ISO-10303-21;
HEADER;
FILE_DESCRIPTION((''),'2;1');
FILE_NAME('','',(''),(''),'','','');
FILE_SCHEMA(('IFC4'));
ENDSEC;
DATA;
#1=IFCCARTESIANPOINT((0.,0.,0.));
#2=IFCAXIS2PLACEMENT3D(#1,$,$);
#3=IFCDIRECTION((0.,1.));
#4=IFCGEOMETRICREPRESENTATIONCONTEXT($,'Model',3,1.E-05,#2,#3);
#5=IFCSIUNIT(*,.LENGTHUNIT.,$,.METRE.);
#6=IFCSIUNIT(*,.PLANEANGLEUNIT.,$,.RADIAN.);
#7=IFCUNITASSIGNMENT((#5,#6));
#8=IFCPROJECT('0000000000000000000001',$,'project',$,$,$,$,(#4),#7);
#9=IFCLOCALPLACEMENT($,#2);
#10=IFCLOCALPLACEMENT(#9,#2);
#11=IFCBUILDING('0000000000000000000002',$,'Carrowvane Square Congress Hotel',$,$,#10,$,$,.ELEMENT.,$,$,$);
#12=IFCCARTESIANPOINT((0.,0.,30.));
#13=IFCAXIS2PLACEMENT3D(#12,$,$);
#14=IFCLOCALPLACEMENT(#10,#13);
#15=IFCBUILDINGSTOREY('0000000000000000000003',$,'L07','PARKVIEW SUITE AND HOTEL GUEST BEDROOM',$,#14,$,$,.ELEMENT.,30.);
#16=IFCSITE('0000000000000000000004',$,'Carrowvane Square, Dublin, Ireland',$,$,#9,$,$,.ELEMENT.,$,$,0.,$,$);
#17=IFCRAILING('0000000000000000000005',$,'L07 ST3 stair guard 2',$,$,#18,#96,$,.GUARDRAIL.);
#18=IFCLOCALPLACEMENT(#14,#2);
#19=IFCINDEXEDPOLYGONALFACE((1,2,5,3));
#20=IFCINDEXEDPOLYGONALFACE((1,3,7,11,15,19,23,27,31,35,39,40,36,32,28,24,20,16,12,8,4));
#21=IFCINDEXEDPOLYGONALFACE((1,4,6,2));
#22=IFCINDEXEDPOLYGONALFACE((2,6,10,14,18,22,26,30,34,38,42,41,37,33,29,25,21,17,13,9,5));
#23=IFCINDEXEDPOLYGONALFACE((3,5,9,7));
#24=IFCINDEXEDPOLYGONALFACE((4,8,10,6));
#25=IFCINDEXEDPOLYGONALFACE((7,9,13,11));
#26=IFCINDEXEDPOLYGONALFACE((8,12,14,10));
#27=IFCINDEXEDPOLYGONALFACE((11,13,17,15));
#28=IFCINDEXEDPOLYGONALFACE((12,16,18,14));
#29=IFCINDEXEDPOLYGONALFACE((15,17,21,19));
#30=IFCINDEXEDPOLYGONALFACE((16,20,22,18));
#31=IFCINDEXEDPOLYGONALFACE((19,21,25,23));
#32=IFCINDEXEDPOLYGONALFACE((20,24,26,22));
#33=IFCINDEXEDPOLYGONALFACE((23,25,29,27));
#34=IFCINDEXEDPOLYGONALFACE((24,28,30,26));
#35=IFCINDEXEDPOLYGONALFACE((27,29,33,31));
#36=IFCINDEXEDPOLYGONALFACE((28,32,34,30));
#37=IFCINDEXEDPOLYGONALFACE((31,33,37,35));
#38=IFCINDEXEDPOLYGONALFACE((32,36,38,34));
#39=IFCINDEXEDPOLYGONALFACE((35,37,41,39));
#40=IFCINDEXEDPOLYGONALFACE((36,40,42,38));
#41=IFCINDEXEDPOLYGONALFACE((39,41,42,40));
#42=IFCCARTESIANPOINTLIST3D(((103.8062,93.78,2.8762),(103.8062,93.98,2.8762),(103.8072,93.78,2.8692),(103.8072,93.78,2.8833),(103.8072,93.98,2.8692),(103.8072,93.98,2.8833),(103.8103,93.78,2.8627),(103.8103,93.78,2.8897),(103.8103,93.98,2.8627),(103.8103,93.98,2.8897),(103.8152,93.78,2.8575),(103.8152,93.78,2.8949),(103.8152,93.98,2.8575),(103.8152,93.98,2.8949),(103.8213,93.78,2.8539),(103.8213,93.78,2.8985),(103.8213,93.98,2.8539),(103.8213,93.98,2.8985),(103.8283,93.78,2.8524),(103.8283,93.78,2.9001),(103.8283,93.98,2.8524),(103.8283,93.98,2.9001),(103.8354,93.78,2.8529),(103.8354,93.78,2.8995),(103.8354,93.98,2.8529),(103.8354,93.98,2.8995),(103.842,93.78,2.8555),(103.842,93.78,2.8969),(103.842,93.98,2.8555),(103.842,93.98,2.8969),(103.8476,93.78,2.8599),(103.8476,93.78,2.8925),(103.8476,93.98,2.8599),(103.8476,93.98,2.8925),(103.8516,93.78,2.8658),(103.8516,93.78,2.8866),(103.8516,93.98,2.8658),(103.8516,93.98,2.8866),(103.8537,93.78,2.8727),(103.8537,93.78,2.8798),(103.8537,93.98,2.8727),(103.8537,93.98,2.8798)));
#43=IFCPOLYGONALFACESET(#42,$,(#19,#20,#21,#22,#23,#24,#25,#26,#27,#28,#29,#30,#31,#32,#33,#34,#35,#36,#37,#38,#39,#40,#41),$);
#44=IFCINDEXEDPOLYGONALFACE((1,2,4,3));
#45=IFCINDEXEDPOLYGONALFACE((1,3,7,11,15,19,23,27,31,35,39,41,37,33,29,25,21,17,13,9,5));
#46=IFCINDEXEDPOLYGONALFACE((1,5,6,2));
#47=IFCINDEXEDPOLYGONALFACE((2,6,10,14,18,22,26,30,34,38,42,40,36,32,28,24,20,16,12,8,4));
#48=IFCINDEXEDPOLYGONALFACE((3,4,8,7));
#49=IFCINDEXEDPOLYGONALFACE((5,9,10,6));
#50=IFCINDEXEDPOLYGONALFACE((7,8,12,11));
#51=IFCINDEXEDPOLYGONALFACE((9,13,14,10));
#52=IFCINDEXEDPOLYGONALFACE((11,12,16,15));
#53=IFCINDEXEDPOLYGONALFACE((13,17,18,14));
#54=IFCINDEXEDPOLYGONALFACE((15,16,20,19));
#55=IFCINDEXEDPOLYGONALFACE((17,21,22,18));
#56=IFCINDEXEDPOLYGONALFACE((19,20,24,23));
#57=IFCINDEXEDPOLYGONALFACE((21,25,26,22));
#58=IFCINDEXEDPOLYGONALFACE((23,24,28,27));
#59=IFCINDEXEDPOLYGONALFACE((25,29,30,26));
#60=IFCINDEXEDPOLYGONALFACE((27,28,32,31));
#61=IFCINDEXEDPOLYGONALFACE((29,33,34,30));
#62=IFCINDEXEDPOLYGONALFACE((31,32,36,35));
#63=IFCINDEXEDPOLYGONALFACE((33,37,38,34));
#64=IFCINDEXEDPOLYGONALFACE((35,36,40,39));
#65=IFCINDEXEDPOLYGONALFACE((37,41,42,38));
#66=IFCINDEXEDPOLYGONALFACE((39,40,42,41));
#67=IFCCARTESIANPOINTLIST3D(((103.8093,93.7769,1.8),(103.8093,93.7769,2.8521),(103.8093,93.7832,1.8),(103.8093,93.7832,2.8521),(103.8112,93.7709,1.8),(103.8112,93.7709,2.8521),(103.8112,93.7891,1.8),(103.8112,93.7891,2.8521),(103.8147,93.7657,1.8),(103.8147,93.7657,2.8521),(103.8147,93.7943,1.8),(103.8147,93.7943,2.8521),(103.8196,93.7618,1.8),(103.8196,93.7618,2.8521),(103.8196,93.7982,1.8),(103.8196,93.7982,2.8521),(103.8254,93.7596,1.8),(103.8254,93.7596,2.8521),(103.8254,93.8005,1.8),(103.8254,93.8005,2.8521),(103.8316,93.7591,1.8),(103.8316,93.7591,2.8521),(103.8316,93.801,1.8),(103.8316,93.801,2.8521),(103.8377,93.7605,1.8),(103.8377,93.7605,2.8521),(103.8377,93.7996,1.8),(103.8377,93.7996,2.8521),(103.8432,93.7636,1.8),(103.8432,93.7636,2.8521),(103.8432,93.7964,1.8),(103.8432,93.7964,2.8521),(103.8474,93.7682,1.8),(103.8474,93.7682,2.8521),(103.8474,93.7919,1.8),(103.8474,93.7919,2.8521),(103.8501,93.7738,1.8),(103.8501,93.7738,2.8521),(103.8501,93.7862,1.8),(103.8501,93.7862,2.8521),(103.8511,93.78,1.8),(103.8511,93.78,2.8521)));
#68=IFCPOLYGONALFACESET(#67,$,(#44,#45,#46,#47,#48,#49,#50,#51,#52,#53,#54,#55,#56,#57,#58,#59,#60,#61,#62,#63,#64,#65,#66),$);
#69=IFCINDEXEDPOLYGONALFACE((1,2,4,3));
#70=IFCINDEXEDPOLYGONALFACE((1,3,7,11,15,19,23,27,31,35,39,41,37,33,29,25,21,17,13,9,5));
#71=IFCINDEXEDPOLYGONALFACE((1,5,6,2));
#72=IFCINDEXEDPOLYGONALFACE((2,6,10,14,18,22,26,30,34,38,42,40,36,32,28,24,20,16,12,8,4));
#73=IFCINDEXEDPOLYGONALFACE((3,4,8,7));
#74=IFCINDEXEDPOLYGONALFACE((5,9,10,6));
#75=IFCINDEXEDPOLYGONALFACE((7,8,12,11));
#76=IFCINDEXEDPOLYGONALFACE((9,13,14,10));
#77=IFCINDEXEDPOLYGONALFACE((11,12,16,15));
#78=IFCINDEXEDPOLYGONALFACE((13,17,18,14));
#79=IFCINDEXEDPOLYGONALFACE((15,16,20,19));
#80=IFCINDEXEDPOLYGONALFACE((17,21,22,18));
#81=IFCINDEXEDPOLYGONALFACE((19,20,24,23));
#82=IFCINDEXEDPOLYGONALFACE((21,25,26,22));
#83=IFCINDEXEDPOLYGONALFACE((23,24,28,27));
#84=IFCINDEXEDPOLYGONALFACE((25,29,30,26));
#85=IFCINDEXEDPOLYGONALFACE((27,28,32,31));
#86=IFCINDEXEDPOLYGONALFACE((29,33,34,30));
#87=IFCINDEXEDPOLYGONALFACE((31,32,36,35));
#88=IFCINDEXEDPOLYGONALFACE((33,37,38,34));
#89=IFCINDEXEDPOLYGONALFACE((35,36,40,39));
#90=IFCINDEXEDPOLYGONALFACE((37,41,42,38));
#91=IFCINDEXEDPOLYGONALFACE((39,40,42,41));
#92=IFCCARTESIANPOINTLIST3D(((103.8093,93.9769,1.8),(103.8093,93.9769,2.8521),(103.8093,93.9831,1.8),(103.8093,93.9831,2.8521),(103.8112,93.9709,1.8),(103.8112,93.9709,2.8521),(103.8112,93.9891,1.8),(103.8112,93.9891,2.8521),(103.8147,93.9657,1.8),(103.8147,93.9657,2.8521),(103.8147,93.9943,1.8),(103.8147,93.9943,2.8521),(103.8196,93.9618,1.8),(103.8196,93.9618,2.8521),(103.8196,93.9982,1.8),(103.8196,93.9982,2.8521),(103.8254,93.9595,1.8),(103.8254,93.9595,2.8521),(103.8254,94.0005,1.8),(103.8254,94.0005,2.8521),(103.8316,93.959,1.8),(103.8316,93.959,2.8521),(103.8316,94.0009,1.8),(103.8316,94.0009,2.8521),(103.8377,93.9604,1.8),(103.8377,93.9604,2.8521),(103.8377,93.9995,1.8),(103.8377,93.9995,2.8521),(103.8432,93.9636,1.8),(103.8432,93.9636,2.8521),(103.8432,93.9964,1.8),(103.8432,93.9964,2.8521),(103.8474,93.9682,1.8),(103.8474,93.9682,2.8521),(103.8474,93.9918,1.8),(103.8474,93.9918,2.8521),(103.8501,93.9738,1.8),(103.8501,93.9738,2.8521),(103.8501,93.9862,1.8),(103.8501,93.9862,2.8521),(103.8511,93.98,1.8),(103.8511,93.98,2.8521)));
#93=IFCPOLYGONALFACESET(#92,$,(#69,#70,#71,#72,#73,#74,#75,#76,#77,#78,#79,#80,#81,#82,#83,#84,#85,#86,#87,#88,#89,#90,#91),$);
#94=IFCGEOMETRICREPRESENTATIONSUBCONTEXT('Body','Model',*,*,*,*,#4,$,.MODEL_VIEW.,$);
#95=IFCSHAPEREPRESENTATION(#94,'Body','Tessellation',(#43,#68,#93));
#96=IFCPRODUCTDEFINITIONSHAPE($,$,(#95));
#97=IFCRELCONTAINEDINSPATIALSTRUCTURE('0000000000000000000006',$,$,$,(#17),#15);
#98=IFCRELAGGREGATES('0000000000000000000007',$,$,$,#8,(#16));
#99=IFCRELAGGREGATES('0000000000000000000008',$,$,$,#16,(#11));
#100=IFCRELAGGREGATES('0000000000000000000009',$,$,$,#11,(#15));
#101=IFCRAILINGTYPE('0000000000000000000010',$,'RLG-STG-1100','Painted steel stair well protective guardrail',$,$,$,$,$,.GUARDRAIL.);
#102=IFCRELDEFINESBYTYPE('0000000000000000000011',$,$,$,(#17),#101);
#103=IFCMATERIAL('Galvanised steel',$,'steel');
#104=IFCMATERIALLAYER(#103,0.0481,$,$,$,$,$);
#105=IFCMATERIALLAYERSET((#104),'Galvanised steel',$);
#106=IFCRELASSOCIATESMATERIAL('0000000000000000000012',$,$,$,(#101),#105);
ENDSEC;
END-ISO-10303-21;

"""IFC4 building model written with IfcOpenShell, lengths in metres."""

from ifc_helpers import new_model, si_unit, direction, frame, origin, origin_2d, place, context, subcontext, project, spatial, circle, extrude, material, layer, layer_set, type_object, element, save


model = new_model("IFC4")

# Units and contexts
model_context = context("Model", 3, precision=1e-05, world=origin(), true_north=direction((0.0, 1.0)))
body_context = subcontext(model_context, "Body", "Model", "MODEL_VIEW")
ifc_project = project(units=[si_unit("LENGTHUNIT", "METRE"), si_unit("PLANEANGLEUNIT", "RADIAN")], contexts=[model_context])

# Site, building, storey
site_placement = place(None, origin())
site = spatial("IfcSite", under=ifc_project, at=site_placement, Name="Carrowvane Square, Dublin, Ireland", CompositionType="ELEMENT", RefElevation=0.0)
building_placement = place(site_placement, origin())
building = spatial("IfcBuilding", under=site, at=building_placement, Name="Carrowvane Square Congress Hotel", CompositionType="ELEMENT")
storey_placement = place(building_placement, frame((0.0, 0.0, 30.0)))
storey = spatial("IfcBuildingStorey", under=building, at=storey_placement, Name="L07", Description="PARKVIEW SUITE AND HOTEL GUEST BEDROOM", CompositionType="ELEMENT", Elevation=30.0)

# Railing
ifc_material_1 = material(Name="Galvanised steel", Category="steel")
ifc_layer_1 = layer(ifc_material_1, 0.0481)
ifc_layer_set_1 = layer_set([ifc_layer_1], Name="Galvanised steel")
railing_type_1 = type_object("IfcRailingType", Name="RLG-STG-1100", Description="Painted steel stair well protective guardrail", PredefinedType="GUARDRAIL", material=ifc_layer_set_1)
railing_1_placement = place(storey_placement, frame((103.8301, 93.78, 1.8)))
element("IfcRailing", 1, at=railing_1_placement, inside=storey, type_object=railing_type_1, Name="L07 ST3 stair guard 2", PredefinedType="GUARDRAIL", context=body_context, shape_type="SweptSolid", body=[
    extrude(circle(Radius=0.0239, at=origin_2d()), frame((0.0, 0.0, 1.0762), z_axis=(0.0, 1.0, 0.0), x_axis=(-1.0, 0.0, 0.0)), (0.0, 0.0, 1.0), 0.2),
    extrude(circle(Radius=0.021, at=origin_2d()), origin(), (0.0, 0.0, 1.0), 1.052),
    extrude(circle(Radius=0.021, at=origin_2d()), frame((0.0, 0.2, 0.0)), (0.0, 0.0, 1.0), 1.052),
])

save(model, "model.ifc")
